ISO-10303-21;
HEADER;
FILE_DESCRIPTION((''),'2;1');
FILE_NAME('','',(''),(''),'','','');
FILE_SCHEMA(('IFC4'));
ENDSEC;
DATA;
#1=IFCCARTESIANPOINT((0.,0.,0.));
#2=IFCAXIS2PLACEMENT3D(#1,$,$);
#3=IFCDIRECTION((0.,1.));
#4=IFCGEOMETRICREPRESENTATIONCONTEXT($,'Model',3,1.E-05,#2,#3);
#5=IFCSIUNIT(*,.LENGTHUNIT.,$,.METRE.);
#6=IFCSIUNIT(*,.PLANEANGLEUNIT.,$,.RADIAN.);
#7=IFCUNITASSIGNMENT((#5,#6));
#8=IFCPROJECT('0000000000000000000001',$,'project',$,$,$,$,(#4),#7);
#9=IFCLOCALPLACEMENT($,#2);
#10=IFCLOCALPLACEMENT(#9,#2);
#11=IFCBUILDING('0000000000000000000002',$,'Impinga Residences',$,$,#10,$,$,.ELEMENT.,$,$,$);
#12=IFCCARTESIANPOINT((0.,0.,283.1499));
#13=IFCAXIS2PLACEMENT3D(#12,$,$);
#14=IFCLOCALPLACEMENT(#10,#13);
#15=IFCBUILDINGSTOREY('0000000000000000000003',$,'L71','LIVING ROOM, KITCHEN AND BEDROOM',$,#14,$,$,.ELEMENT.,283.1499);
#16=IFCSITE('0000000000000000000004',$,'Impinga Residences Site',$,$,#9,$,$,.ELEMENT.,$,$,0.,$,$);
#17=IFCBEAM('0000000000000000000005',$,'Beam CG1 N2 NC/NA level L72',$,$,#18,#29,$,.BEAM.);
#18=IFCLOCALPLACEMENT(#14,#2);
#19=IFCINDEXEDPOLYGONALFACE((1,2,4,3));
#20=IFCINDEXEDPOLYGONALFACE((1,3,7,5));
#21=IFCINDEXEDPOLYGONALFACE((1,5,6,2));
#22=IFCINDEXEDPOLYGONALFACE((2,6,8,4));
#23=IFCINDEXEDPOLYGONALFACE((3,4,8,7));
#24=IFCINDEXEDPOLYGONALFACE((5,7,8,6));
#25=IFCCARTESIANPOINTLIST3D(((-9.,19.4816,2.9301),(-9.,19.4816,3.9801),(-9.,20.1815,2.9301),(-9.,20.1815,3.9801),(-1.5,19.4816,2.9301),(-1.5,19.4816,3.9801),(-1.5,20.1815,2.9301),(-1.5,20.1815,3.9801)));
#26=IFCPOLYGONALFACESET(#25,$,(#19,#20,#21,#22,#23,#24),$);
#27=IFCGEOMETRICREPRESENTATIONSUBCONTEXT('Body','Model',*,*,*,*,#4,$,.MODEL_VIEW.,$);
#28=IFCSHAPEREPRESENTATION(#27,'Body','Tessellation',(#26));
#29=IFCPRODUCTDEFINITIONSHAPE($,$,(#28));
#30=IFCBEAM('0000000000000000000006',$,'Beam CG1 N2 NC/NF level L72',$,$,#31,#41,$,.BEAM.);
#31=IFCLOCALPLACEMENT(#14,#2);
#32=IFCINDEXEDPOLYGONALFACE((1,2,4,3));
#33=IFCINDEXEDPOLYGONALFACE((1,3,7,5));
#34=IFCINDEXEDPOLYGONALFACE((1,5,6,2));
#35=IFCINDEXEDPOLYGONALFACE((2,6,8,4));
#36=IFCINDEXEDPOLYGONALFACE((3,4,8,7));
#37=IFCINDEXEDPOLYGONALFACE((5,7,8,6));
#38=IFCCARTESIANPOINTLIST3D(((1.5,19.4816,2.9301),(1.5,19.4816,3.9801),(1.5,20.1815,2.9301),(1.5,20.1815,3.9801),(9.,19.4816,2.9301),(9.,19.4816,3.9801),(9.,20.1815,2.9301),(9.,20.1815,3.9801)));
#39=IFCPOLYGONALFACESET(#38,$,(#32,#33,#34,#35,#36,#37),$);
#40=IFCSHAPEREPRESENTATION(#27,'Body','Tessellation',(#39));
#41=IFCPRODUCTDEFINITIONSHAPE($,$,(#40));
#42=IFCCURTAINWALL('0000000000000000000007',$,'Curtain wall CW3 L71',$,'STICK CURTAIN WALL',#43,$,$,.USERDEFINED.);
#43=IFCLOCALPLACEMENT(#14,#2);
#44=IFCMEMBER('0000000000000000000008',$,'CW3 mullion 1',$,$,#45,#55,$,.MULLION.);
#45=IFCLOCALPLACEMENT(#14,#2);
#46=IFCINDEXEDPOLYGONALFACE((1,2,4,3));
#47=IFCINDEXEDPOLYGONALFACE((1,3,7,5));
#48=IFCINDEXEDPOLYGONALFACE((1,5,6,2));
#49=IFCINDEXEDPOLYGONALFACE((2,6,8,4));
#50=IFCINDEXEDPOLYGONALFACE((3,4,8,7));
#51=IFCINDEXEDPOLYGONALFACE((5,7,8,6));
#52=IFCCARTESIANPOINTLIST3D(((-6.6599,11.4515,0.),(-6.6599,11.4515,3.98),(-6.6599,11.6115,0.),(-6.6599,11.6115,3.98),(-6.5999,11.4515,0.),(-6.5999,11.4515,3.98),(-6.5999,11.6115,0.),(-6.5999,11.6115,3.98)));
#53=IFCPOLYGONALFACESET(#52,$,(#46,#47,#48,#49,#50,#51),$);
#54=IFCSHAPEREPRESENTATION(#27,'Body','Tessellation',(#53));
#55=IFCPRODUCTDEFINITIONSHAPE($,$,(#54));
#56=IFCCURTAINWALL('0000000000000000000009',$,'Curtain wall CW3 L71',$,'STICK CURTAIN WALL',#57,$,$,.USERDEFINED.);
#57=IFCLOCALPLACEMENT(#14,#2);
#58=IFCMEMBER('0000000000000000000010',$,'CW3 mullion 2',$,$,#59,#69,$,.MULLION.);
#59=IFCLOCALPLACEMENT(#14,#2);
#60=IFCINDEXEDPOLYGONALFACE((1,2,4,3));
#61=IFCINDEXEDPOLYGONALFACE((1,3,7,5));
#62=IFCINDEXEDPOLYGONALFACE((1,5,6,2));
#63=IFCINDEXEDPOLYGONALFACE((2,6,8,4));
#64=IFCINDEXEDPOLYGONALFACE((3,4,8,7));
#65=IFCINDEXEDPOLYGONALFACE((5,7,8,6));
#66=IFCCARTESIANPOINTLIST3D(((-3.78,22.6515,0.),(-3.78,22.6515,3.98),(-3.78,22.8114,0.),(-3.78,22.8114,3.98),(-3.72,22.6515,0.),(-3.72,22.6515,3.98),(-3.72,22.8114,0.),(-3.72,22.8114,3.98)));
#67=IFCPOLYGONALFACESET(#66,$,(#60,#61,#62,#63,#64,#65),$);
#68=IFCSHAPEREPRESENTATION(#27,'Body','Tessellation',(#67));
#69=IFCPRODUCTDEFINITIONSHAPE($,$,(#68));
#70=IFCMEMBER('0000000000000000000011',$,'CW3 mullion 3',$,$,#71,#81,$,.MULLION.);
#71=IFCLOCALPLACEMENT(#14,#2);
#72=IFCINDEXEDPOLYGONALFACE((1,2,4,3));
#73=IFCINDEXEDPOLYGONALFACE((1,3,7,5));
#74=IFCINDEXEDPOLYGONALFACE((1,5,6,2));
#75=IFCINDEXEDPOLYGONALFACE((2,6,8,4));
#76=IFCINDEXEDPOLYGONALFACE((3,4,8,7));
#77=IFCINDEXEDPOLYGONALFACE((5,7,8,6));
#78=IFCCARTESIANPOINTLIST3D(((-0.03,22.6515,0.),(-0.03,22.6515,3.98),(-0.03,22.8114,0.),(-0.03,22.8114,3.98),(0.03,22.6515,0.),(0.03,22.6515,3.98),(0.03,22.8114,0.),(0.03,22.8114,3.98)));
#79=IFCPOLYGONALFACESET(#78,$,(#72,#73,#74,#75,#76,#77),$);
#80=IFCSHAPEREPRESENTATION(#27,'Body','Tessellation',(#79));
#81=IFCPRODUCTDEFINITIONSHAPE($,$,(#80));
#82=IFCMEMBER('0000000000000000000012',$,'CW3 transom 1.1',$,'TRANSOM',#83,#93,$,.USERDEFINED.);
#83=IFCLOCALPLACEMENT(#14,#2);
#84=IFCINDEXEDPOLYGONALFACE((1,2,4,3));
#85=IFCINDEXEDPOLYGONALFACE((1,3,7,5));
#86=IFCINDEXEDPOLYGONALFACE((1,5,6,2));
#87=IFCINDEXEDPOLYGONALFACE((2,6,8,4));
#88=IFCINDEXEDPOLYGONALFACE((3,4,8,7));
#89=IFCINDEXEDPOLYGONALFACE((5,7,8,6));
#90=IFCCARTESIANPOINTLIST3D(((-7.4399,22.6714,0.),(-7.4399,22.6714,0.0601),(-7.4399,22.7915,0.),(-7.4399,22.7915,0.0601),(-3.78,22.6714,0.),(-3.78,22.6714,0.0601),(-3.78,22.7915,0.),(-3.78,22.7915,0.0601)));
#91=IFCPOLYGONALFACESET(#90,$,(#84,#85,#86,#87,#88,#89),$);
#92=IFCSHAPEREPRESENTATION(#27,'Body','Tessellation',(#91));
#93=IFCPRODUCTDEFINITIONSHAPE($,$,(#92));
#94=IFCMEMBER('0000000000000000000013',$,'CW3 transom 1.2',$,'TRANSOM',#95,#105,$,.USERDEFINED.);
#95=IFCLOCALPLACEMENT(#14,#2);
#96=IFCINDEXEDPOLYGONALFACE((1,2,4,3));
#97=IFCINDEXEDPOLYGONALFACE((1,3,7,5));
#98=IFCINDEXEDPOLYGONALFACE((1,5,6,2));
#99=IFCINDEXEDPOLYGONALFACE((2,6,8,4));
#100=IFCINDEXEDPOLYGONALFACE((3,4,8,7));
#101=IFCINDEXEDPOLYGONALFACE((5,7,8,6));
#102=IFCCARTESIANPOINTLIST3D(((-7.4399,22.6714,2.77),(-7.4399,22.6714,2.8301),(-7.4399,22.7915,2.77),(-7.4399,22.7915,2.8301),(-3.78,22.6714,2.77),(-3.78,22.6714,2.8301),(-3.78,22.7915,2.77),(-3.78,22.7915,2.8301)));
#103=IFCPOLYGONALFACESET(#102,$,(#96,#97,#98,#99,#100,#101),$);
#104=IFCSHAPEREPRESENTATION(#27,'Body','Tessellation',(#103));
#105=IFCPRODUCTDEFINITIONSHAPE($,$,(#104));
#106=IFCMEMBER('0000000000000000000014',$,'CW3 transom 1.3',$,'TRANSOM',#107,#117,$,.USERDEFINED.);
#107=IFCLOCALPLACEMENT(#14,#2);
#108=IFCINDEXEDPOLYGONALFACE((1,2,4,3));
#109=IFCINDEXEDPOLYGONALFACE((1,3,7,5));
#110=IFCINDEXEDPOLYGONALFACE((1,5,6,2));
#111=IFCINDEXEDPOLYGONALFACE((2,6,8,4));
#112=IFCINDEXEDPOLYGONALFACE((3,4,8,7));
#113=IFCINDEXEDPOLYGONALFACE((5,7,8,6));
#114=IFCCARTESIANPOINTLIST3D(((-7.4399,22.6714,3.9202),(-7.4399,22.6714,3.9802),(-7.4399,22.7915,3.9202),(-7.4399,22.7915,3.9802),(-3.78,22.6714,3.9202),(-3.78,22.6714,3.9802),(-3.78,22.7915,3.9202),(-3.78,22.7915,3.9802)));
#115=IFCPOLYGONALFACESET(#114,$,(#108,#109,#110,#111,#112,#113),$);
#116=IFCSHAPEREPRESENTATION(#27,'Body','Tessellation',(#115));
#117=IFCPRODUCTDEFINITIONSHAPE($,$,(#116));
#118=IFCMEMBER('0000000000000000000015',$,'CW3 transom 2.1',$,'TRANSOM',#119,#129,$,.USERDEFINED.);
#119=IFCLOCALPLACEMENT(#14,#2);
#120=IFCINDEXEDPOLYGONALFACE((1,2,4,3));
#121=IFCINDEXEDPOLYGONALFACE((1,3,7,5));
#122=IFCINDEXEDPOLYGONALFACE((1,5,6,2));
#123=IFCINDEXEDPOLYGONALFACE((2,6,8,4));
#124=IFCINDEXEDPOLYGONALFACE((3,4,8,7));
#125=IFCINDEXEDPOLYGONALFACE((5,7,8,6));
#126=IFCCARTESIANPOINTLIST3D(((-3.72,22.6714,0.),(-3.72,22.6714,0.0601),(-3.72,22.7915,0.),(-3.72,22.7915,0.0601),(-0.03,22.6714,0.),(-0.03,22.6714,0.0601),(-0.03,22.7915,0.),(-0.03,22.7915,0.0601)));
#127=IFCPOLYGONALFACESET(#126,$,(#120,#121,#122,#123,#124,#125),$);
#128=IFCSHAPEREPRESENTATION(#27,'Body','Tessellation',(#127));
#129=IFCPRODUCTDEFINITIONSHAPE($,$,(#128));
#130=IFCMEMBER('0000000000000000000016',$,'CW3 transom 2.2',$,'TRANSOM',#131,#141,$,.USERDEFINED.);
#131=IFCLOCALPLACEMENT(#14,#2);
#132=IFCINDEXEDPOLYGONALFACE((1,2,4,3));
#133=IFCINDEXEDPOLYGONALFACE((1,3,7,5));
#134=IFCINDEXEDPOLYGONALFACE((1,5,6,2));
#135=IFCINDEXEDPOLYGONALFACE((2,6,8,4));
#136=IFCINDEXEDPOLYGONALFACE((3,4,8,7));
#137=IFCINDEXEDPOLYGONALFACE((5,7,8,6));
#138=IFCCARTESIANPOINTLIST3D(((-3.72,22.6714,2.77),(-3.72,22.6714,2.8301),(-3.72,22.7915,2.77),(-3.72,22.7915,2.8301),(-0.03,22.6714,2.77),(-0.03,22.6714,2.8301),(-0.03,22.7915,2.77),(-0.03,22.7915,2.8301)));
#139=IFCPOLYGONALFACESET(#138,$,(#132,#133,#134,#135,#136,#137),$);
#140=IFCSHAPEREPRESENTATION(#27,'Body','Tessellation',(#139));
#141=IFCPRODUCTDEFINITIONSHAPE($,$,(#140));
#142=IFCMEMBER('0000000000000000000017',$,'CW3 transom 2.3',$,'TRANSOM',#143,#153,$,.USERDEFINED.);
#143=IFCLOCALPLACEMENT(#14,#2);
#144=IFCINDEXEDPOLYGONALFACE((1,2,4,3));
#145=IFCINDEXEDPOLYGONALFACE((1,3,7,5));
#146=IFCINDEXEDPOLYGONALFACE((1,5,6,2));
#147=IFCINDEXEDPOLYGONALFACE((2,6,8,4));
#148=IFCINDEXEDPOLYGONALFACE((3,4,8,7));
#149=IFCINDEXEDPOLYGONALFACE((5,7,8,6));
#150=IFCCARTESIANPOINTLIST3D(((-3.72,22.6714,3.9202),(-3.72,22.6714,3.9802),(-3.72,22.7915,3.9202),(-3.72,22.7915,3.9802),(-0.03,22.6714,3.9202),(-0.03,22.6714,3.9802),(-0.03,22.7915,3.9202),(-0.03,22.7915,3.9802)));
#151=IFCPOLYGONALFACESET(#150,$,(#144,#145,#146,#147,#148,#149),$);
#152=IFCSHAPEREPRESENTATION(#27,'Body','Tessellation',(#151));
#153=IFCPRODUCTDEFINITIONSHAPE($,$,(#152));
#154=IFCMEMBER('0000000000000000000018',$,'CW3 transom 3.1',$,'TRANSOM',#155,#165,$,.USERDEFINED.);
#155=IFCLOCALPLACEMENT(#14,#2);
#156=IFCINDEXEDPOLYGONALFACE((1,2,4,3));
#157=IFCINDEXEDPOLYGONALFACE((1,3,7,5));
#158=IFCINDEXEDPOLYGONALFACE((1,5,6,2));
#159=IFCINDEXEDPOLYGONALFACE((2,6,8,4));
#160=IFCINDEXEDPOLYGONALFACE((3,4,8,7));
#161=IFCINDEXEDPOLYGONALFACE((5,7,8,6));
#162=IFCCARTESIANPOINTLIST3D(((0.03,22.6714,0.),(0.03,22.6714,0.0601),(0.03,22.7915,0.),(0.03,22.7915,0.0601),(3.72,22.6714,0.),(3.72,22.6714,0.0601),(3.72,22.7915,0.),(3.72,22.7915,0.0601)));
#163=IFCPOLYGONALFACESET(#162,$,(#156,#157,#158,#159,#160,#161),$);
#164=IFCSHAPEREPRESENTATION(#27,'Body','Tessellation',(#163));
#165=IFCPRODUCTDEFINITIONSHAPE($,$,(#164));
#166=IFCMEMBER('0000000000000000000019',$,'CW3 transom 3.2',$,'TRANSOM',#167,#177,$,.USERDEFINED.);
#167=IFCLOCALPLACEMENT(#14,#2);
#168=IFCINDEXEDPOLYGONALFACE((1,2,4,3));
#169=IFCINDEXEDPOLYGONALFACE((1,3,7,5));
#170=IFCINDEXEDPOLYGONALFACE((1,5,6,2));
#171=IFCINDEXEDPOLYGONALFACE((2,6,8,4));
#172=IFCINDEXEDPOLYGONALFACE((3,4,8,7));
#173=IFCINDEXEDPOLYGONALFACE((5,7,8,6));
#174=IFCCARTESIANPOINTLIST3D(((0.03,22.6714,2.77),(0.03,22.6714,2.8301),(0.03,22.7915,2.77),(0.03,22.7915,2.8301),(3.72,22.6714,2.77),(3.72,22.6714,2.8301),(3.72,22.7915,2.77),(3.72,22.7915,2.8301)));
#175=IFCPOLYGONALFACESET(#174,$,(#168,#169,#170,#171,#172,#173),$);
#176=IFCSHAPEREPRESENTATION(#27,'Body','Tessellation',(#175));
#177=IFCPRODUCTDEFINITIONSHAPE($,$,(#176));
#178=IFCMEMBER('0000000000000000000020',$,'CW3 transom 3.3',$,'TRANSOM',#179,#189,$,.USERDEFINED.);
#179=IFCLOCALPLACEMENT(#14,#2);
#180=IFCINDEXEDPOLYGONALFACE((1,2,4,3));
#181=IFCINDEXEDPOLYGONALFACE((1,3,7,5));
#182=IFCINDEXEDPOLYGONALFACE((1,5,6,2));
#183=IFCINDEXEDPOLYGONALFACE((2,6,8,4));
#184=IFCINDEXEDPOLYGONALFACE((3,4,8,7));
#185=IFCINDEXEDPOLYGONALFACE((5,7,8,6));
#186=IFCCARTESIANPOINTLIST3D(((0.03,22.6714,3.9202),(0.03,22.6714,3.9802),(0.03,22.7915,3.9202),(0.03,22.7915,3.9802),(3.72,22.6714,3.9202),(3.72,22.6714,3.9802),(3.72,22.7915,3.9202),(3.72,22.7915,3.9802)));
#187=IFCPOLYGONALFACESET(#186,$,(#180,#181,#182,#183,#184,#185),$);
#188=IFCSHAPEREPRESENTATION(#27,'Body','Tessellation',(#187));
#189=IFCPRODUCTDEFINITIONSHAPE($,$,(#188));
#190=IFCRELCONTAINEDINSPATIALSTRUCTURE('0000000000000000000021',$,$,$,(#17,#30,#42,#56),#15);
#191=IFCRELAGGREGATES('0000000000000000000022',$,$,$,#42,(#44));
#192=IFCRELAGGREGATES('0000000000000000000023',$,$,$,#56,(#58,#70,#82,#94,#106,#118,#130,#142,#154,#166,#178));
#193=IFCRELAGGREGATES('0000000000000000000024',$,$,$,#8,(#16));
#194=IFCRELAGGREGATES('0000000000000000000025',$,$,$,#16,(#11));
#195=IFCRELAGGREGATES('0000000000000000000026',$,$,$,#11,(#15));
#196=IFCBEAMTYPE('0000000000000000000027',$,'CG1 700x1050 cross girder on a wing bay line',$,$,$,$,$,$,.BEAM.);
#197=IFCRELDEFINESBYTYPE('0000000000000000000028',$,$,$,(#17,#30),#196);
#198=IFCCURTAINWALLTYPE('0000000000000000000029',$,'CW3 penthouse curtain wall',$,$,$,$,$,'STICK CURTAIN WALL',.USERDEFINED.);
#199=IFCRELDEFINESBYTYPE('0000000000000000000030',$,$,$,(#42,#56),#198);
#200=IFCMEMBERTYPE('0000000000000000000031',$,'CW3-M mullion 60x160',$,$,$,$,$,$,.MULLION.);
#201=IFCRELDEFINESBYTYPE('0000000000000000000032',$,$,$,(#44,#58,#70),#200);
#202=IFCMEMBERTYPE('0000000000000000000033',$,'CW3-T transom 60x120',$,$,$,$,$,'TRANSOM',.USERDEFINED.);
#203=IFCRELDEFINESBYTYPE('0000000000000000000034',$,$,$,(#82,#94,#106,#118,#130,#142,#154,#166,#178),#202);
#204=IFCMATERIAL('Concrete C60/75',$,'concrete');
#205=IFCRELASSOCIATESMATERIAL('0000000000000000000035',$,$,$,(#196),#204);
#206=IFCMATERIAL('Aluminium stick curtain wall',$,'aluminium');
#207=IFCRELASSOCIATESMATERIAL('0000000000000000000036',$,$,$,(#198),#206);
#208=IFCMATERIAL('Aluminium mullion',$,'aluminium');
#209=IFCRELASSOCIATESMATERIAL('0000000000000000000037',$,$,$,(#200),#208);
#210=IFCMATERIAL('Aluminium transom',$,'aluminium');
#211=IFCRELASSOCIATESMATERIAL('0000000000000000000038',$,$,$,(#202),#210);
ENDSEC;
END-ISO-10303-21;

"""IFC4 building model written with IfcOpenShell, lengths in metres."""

from ifc_helpers import new_model, si_unit, direction, frame, origin, origin_2d, place, context, subcontext, project, spatial, rectangle, extrude, material, material_profile, profile_set, type_object, element, aggregate, save


model = new_model("IFC4")

# Units and contexts
model_context = context("Model", 3, precision=1e-05, world=origin(), true_north=direction((0.0, 1.0)))
body_context = subcontext(model_context, "Body", "Model", "MODEL_VIEW")
ifc_project = project(units=[si_unit("LENGTHUNIT", "METRE"), si_unit("PLANEANGLEUNIT", "RADIAN")], contexts=[model_context])

# Site, building, storey
site_placement = place(None, origin())
site = spatial("IfcSite", under=ifc_project, at=site_placement, Name="Impinga Residences Site", CompositionType="ELEMENT", RefElevation=0.0)
building_placement = place(site_placement, origin())
building = spatial("IfcBuilding", under=site, at=building_placement, Name="Impinga Residences", CompositionType="ELEMENT")
storey_placement = place(building_placement, frame((0.0, 0.0, 283.1499)))
storey = spatial("IfcBuildingStorey", under=building, at=storey_placement, Name="L71", Description="LIVING ROOM, KITCHEN AND BEDROOM", CompositionType="ELEMENT", Elevation=283.1499)

# Beams
ifc_material_1 = material(Name="Concrete C60/75", Category="concrete")
ifc_material_profile_1 = material_profile(ifc_material_1, rectangle(XDim=0.7, YDim=1.05, at=origin_2d()), Name="RC 700x1050")
ifc_profile_set_1 = profile_set([ifc_material_profile_1], Name="Concrete C60/75")
beam_type_1 = type_object("IfcBeamType", Name="CG1 700x1050 cross girder on a wing bay line", PredefinedType="BEAM", material=ifc_profile_set_1)
for number, where, z_axis, x_axis, name in (
    (1, (-1.5, 19.8315, 3.4551), (-1.0, 0.0, 0.0), (0.0, -1.0, 0.0), "Beam CG1 N2 NC/NA level L72"),
    (2, (1.5, 19.8315, 3.4551), (1.0, 0.0, 0.0), (0.0, 1.0, 0.0), "Beam CG1 N2 NC/NF level L72"),
):
    element("IfcBeam", number, at=place(storey_placement, frame(where, z_axis=z_axis, x_axis=x_axis)), inside=storey, type_object=beam_type_1, Name=name, PredefinedType="BEAM", context=body_context, shape_type="SweptSolid", body=[
        extrude(rectangle(XDim=0.7, YDim=1.05, at=origin_2d()), origin(), (0.0, 0.0, 1.0), 7.5),
    ])

# Curtain wall, member
ifc_material_2 = material(Name="Aluminium stick curtain wall", Category="aluminium")
curtain_wall_type = type_object("IfcCurtainWallType", Name="CW3 penthouse curtain wall", ElementType="STICK CURTAIN WALL", PredefinedType="USERDEFINED", material=ifc_material_2)
curtain_wall_1_placement = place(storey_placement, origin())
curtain_wall_1 = element("IfcCurtainWall", 3, at=curtain_wall_1_placement, inside=storey, type_object=curtain_wall_type, Name="Curtain wall CW3 L71", ObjectType="STICK CURTAIN WALL", PredefinedType="USERDEFINED")
ifc_material_3 = material(Name="Aluminium mullion", Category="aluminium")
ifc_material_profile_2 = material_profile(ifc_material_3, rectangle(XDim=0.0601, YDim=0.1599, at=origin_2d()), Name="60x160 mullion")
ifc_profile_set_2 = profile_set([ifc_material_profile_2], Name="Aluminium mullion")
member_type_1 = type_object("IfcMemberType", Name="CW3-M mullion 60x160", PredefinedType="MULLION", material=ifc_profile_set_2)
member_1_placement = place(storey_placement, frame((-6.6299, 11.5315, 0.0), z_axis=(0.0, 0.0, 1.0), x_axis=(-1.0, 0.0, 0.0)))
member_1 = element("IfcMember", 4, at=member_1_placement, type_object=member_type_1, Name="CW3 mullion 1", PredefinedType="MULLION", context=body_context, shape_type="SweptSolid", body=[
    extrude(rectangle(XDim=0.0601, YDim=0.1599, at=origin_2d()), origin(), (0.0, 0.0, 1.0), 3.98),
])
aggregate(curtain_wall_1, [member_1])

# Curtain wall, members
curtain_wall_2_placement = place(storey_placement, origin())
curtain_wall_2 = element("IfcCurtainWall", 5, at=curtain_wall_2_placement, inside=storey, type_object=curtain_wall_type, Name="Curtain wall CW3 L71", ObjectType="STICK CURTAIN WALL", PredefinedType="USERDEFINED")
member_2_placement = place(storey_placement, frame((-3.75, 22.7314, 0.0), z_axis=(0.0, 0.0, 1.0), x_axis=(1.0, 0.0, 0.0)))
member_2 = element("IfcMember", 6, at=member_2_placement, type_object=member_type_1, Name="CW3 mullion 2", PredefinedType="MULLION", context=body_context, shape_type="SweptSolid", body=[
    extrude(rectangle(XDim=0.0601, YDim=0.1599, at=origin_2d()), origin(), (0.0, 0.0, 1.0), 3.98),
])
member_3_placement = place(storey_placement, frame((0.0, 22.7314, 0.0), z_axis=(0.0, 0.0, 1.0), x_axis=(1.0, 0.0, 0.0)))
member_3 = element("IfcMember", 7, at=member_3_placement, type_object=member_type_1, Name="CW3 mullion 3", PredefinedType="MULLION", context=body_context, shape_type="SweptSolid", body=[
    extrude(rectangle(XDim=0.0601, YDim=0.1599, at=origin_2d()), origin(), (0.0, 0.0, 1.0), 3.98),
])
ifc_material_4 = material(Name="Aluminium transom", Category="aluminium")
ifc_material_profile_3 = material_profile(ifc_material_4, rectangle(XDim=0.0601, YDim=0.1201, at=origin_2d()), Name="60x120 transom")
ifc_profile_set_3 = profile_set([ifc_material_profile_3], Name="Aluminium transom")
member_type_2 = type_object("IfcMemberType", Name="CW3-T transom 60x120", ElementType="TRANSOM", PredefinedType="USERDEFINED", material=ifc_profile_set_3)
member_4_placement = place(storey_placement, frame((-7.4399, 22.7314, 0.03), z_axis=(1.0, 0.0, 0.0), x_axis=(0.0, 0.0, 1.0)))
member_4 = element("IfcMember", 8, at=member_4_placement, type_object=member_type_2, Name="CW3 transom 1.1", ObjectType="TRANSOM", PredefinedType="USERDEFINED", context=body_context, shape_type="SweptSolid", body=[
    extrude(rectangle(XDim=0.0601, YDim=0.1201, at=origin_2d()), origin(), (0.0, 0.0, 1.0), 3.6599),
])
member_5_placement = place(storey_placement, frame((-7.4399, 22.7314, 2.8), z_axis=(1.0, 0.0, 0.0), x_axis=(0.0, 0.0, 1.0)))
member_5 = element("IfcMember", 9, at=member_5_placement, type_object=member_type_2, Name="CW3 transom 1.2", ObjectType="TRANSOM", PredefinedType="USERDEFINED", context=body_context, shape_type="SweptSolid", body=[
    extrude(rectangle(XDim=0.0601, YDim=0.1201, at=origin_2d()), origin(), (0.0, 0.0, 1.0), 3.6599),
])
member_6_placement = place(storey_placement, frame((-7.4399, 22.7314, 3.9502), z_axis=(1.0, 0.0, 0.0), x_axis=(0.0, 0.0, 1.0)))
member_6 = element("IfcMember", 10, at=member_6_placement, type_object=member_type_2, Name="CW3 transom 1.3", ObjectType="TRANSOM", PredefinedType="USERDEFINED", context=body_context, shape_type="SweptSolid", body=[
    extrude(rectangle(XDim=0.0601, YDim=0.1201, at=origin_2d()), origin(), (0.0, 0.0, 1.0), 3.6599),
])
member_7_placement = place(storey_placement, frame((-3.72, 22.7314, 0.03), z_axis=(1.0, 0.0, 0.0), x_axis=(0.0, 0.0, 1.0)))
member_7 = element("IfcMember", 11, at=member_7_placement, type_object=member_type_2, Name="CW3 transom 2.1", ObjectType="TRANSOM", PredefinedType="USERDEFINED", context=body_context, shape_type="SweptSolid", body=[
    extrude(rectangle(XDim=0.0601, YDim=0.1201, at=origin_2d()), origin(), (0.0, 0.0, 1.0), 3.6899),
])
member_8_placement = place(storey_placement, frame((-3.72, 22.7314, 2.8), z_axis=(1.0, 0.0, 0.0), x_axis=(0.0, 0.0, 1.0)))
member_8 = element("IfcMember", 12, at=member_8_placement, type_object=member_type_2, Name="CW3 transom 2.2", ObjectType="TRANSOM", PredefinedType="USERDEFINED", context=body_context, shape_type="SweptSolid", body=[
    extrude(rectangle(XDim=0.0601, YDim=0.1201, at=origin_2d()), origin(), (0.0, 0.0, 1.0), 3.6899),
])
member_9_placement = place(storey_placement, frame((-3.72, 22.7314, 3.9502), z_axis=(1.0, 0.0, 0.0), x_axis=(0.0, 0.0, 1.0)))
member_9 = element("IfcMember", 13, at=member_9_placement, type_object=member_type_2, Name="CW3 transom 2.3", ObjectType="TRANSOM", PredefinedType="USERDEFINED", context=body_context, shape_type="SweptSolid", body=[
    extrude(rectangle(XDim=0.0601, YDim=0.1201, at=origin_2d()), origin(), (0.0, 0.0, 1.0), 3.6899),
])
member_10_placement = place(storey_placement, frame((0.03, 22.7314, 0.03), z_axis=(1.0, 0.0, 0.0), x_axis=(0.0, 0.0, 1.0)))
member_10 = element("IfcMember", 14, at=member_10_placement, type_object=member_type_2, Name="CW3 transom 3.1", ObjectType="TRANSOM", PredefinedType="USERDEFINED", context=body_context, shape_type="SweptSolid", body=[
    extrude(rectangle(XDim=0.0601, YDim=0.1201, at=origin_2d()), origin(), (0.0, 0.0, 1.0), 3.6899),
])
member_11_placement = place(storey_placement, frame((0.03, 22.7314, 2.8), z_axis=(1.0, 0.0, 0.0), x_axis=(0.0, 0.0, 1.0)))
member_11 = element("IfcMember", 15, at=member_11_placement, type_object=member_type_2, Name="CW3 transom 3.2", ObjectType="TRANSOM", PredefinedType="USERDEFINED", context=body_context, shape_type="SweptSolid", body=[
    extrude(rectangle(XDim=0.0601, YDim=0.1201, at=origin_2d()), origin(), (0.0, 0.0, 1.0), 3.6899),
])
member_12_placement = place(storey_placement, frame((0.03, 22.7314, 3.9502), z_axis=(1.0, 0.0, 0.0), x_axis=(0.0, 0.0, 1.0)))
member_12 = element("IfcMember", 16, at=member_12_placement, type_object=member_type_2, Name="CW3 transom 3.3", ObjectType="TRANSOM", PredefinedType="USERDEFINED", context=body_context, shape_type="SweptSolid", body=[
    extrude(rectangle(XDim=0.0601, YDim=0.1201, at=origin_2d()), origin(), (0.0, 0.0, 1.0), 3.6899),
])

aggregate(curtain_wall_2, [member_2, member_3, member_4, member_5, member_6, member_7, member_8, member_9, member_10, member_11, member_12])

save(model, "model.ifc")
